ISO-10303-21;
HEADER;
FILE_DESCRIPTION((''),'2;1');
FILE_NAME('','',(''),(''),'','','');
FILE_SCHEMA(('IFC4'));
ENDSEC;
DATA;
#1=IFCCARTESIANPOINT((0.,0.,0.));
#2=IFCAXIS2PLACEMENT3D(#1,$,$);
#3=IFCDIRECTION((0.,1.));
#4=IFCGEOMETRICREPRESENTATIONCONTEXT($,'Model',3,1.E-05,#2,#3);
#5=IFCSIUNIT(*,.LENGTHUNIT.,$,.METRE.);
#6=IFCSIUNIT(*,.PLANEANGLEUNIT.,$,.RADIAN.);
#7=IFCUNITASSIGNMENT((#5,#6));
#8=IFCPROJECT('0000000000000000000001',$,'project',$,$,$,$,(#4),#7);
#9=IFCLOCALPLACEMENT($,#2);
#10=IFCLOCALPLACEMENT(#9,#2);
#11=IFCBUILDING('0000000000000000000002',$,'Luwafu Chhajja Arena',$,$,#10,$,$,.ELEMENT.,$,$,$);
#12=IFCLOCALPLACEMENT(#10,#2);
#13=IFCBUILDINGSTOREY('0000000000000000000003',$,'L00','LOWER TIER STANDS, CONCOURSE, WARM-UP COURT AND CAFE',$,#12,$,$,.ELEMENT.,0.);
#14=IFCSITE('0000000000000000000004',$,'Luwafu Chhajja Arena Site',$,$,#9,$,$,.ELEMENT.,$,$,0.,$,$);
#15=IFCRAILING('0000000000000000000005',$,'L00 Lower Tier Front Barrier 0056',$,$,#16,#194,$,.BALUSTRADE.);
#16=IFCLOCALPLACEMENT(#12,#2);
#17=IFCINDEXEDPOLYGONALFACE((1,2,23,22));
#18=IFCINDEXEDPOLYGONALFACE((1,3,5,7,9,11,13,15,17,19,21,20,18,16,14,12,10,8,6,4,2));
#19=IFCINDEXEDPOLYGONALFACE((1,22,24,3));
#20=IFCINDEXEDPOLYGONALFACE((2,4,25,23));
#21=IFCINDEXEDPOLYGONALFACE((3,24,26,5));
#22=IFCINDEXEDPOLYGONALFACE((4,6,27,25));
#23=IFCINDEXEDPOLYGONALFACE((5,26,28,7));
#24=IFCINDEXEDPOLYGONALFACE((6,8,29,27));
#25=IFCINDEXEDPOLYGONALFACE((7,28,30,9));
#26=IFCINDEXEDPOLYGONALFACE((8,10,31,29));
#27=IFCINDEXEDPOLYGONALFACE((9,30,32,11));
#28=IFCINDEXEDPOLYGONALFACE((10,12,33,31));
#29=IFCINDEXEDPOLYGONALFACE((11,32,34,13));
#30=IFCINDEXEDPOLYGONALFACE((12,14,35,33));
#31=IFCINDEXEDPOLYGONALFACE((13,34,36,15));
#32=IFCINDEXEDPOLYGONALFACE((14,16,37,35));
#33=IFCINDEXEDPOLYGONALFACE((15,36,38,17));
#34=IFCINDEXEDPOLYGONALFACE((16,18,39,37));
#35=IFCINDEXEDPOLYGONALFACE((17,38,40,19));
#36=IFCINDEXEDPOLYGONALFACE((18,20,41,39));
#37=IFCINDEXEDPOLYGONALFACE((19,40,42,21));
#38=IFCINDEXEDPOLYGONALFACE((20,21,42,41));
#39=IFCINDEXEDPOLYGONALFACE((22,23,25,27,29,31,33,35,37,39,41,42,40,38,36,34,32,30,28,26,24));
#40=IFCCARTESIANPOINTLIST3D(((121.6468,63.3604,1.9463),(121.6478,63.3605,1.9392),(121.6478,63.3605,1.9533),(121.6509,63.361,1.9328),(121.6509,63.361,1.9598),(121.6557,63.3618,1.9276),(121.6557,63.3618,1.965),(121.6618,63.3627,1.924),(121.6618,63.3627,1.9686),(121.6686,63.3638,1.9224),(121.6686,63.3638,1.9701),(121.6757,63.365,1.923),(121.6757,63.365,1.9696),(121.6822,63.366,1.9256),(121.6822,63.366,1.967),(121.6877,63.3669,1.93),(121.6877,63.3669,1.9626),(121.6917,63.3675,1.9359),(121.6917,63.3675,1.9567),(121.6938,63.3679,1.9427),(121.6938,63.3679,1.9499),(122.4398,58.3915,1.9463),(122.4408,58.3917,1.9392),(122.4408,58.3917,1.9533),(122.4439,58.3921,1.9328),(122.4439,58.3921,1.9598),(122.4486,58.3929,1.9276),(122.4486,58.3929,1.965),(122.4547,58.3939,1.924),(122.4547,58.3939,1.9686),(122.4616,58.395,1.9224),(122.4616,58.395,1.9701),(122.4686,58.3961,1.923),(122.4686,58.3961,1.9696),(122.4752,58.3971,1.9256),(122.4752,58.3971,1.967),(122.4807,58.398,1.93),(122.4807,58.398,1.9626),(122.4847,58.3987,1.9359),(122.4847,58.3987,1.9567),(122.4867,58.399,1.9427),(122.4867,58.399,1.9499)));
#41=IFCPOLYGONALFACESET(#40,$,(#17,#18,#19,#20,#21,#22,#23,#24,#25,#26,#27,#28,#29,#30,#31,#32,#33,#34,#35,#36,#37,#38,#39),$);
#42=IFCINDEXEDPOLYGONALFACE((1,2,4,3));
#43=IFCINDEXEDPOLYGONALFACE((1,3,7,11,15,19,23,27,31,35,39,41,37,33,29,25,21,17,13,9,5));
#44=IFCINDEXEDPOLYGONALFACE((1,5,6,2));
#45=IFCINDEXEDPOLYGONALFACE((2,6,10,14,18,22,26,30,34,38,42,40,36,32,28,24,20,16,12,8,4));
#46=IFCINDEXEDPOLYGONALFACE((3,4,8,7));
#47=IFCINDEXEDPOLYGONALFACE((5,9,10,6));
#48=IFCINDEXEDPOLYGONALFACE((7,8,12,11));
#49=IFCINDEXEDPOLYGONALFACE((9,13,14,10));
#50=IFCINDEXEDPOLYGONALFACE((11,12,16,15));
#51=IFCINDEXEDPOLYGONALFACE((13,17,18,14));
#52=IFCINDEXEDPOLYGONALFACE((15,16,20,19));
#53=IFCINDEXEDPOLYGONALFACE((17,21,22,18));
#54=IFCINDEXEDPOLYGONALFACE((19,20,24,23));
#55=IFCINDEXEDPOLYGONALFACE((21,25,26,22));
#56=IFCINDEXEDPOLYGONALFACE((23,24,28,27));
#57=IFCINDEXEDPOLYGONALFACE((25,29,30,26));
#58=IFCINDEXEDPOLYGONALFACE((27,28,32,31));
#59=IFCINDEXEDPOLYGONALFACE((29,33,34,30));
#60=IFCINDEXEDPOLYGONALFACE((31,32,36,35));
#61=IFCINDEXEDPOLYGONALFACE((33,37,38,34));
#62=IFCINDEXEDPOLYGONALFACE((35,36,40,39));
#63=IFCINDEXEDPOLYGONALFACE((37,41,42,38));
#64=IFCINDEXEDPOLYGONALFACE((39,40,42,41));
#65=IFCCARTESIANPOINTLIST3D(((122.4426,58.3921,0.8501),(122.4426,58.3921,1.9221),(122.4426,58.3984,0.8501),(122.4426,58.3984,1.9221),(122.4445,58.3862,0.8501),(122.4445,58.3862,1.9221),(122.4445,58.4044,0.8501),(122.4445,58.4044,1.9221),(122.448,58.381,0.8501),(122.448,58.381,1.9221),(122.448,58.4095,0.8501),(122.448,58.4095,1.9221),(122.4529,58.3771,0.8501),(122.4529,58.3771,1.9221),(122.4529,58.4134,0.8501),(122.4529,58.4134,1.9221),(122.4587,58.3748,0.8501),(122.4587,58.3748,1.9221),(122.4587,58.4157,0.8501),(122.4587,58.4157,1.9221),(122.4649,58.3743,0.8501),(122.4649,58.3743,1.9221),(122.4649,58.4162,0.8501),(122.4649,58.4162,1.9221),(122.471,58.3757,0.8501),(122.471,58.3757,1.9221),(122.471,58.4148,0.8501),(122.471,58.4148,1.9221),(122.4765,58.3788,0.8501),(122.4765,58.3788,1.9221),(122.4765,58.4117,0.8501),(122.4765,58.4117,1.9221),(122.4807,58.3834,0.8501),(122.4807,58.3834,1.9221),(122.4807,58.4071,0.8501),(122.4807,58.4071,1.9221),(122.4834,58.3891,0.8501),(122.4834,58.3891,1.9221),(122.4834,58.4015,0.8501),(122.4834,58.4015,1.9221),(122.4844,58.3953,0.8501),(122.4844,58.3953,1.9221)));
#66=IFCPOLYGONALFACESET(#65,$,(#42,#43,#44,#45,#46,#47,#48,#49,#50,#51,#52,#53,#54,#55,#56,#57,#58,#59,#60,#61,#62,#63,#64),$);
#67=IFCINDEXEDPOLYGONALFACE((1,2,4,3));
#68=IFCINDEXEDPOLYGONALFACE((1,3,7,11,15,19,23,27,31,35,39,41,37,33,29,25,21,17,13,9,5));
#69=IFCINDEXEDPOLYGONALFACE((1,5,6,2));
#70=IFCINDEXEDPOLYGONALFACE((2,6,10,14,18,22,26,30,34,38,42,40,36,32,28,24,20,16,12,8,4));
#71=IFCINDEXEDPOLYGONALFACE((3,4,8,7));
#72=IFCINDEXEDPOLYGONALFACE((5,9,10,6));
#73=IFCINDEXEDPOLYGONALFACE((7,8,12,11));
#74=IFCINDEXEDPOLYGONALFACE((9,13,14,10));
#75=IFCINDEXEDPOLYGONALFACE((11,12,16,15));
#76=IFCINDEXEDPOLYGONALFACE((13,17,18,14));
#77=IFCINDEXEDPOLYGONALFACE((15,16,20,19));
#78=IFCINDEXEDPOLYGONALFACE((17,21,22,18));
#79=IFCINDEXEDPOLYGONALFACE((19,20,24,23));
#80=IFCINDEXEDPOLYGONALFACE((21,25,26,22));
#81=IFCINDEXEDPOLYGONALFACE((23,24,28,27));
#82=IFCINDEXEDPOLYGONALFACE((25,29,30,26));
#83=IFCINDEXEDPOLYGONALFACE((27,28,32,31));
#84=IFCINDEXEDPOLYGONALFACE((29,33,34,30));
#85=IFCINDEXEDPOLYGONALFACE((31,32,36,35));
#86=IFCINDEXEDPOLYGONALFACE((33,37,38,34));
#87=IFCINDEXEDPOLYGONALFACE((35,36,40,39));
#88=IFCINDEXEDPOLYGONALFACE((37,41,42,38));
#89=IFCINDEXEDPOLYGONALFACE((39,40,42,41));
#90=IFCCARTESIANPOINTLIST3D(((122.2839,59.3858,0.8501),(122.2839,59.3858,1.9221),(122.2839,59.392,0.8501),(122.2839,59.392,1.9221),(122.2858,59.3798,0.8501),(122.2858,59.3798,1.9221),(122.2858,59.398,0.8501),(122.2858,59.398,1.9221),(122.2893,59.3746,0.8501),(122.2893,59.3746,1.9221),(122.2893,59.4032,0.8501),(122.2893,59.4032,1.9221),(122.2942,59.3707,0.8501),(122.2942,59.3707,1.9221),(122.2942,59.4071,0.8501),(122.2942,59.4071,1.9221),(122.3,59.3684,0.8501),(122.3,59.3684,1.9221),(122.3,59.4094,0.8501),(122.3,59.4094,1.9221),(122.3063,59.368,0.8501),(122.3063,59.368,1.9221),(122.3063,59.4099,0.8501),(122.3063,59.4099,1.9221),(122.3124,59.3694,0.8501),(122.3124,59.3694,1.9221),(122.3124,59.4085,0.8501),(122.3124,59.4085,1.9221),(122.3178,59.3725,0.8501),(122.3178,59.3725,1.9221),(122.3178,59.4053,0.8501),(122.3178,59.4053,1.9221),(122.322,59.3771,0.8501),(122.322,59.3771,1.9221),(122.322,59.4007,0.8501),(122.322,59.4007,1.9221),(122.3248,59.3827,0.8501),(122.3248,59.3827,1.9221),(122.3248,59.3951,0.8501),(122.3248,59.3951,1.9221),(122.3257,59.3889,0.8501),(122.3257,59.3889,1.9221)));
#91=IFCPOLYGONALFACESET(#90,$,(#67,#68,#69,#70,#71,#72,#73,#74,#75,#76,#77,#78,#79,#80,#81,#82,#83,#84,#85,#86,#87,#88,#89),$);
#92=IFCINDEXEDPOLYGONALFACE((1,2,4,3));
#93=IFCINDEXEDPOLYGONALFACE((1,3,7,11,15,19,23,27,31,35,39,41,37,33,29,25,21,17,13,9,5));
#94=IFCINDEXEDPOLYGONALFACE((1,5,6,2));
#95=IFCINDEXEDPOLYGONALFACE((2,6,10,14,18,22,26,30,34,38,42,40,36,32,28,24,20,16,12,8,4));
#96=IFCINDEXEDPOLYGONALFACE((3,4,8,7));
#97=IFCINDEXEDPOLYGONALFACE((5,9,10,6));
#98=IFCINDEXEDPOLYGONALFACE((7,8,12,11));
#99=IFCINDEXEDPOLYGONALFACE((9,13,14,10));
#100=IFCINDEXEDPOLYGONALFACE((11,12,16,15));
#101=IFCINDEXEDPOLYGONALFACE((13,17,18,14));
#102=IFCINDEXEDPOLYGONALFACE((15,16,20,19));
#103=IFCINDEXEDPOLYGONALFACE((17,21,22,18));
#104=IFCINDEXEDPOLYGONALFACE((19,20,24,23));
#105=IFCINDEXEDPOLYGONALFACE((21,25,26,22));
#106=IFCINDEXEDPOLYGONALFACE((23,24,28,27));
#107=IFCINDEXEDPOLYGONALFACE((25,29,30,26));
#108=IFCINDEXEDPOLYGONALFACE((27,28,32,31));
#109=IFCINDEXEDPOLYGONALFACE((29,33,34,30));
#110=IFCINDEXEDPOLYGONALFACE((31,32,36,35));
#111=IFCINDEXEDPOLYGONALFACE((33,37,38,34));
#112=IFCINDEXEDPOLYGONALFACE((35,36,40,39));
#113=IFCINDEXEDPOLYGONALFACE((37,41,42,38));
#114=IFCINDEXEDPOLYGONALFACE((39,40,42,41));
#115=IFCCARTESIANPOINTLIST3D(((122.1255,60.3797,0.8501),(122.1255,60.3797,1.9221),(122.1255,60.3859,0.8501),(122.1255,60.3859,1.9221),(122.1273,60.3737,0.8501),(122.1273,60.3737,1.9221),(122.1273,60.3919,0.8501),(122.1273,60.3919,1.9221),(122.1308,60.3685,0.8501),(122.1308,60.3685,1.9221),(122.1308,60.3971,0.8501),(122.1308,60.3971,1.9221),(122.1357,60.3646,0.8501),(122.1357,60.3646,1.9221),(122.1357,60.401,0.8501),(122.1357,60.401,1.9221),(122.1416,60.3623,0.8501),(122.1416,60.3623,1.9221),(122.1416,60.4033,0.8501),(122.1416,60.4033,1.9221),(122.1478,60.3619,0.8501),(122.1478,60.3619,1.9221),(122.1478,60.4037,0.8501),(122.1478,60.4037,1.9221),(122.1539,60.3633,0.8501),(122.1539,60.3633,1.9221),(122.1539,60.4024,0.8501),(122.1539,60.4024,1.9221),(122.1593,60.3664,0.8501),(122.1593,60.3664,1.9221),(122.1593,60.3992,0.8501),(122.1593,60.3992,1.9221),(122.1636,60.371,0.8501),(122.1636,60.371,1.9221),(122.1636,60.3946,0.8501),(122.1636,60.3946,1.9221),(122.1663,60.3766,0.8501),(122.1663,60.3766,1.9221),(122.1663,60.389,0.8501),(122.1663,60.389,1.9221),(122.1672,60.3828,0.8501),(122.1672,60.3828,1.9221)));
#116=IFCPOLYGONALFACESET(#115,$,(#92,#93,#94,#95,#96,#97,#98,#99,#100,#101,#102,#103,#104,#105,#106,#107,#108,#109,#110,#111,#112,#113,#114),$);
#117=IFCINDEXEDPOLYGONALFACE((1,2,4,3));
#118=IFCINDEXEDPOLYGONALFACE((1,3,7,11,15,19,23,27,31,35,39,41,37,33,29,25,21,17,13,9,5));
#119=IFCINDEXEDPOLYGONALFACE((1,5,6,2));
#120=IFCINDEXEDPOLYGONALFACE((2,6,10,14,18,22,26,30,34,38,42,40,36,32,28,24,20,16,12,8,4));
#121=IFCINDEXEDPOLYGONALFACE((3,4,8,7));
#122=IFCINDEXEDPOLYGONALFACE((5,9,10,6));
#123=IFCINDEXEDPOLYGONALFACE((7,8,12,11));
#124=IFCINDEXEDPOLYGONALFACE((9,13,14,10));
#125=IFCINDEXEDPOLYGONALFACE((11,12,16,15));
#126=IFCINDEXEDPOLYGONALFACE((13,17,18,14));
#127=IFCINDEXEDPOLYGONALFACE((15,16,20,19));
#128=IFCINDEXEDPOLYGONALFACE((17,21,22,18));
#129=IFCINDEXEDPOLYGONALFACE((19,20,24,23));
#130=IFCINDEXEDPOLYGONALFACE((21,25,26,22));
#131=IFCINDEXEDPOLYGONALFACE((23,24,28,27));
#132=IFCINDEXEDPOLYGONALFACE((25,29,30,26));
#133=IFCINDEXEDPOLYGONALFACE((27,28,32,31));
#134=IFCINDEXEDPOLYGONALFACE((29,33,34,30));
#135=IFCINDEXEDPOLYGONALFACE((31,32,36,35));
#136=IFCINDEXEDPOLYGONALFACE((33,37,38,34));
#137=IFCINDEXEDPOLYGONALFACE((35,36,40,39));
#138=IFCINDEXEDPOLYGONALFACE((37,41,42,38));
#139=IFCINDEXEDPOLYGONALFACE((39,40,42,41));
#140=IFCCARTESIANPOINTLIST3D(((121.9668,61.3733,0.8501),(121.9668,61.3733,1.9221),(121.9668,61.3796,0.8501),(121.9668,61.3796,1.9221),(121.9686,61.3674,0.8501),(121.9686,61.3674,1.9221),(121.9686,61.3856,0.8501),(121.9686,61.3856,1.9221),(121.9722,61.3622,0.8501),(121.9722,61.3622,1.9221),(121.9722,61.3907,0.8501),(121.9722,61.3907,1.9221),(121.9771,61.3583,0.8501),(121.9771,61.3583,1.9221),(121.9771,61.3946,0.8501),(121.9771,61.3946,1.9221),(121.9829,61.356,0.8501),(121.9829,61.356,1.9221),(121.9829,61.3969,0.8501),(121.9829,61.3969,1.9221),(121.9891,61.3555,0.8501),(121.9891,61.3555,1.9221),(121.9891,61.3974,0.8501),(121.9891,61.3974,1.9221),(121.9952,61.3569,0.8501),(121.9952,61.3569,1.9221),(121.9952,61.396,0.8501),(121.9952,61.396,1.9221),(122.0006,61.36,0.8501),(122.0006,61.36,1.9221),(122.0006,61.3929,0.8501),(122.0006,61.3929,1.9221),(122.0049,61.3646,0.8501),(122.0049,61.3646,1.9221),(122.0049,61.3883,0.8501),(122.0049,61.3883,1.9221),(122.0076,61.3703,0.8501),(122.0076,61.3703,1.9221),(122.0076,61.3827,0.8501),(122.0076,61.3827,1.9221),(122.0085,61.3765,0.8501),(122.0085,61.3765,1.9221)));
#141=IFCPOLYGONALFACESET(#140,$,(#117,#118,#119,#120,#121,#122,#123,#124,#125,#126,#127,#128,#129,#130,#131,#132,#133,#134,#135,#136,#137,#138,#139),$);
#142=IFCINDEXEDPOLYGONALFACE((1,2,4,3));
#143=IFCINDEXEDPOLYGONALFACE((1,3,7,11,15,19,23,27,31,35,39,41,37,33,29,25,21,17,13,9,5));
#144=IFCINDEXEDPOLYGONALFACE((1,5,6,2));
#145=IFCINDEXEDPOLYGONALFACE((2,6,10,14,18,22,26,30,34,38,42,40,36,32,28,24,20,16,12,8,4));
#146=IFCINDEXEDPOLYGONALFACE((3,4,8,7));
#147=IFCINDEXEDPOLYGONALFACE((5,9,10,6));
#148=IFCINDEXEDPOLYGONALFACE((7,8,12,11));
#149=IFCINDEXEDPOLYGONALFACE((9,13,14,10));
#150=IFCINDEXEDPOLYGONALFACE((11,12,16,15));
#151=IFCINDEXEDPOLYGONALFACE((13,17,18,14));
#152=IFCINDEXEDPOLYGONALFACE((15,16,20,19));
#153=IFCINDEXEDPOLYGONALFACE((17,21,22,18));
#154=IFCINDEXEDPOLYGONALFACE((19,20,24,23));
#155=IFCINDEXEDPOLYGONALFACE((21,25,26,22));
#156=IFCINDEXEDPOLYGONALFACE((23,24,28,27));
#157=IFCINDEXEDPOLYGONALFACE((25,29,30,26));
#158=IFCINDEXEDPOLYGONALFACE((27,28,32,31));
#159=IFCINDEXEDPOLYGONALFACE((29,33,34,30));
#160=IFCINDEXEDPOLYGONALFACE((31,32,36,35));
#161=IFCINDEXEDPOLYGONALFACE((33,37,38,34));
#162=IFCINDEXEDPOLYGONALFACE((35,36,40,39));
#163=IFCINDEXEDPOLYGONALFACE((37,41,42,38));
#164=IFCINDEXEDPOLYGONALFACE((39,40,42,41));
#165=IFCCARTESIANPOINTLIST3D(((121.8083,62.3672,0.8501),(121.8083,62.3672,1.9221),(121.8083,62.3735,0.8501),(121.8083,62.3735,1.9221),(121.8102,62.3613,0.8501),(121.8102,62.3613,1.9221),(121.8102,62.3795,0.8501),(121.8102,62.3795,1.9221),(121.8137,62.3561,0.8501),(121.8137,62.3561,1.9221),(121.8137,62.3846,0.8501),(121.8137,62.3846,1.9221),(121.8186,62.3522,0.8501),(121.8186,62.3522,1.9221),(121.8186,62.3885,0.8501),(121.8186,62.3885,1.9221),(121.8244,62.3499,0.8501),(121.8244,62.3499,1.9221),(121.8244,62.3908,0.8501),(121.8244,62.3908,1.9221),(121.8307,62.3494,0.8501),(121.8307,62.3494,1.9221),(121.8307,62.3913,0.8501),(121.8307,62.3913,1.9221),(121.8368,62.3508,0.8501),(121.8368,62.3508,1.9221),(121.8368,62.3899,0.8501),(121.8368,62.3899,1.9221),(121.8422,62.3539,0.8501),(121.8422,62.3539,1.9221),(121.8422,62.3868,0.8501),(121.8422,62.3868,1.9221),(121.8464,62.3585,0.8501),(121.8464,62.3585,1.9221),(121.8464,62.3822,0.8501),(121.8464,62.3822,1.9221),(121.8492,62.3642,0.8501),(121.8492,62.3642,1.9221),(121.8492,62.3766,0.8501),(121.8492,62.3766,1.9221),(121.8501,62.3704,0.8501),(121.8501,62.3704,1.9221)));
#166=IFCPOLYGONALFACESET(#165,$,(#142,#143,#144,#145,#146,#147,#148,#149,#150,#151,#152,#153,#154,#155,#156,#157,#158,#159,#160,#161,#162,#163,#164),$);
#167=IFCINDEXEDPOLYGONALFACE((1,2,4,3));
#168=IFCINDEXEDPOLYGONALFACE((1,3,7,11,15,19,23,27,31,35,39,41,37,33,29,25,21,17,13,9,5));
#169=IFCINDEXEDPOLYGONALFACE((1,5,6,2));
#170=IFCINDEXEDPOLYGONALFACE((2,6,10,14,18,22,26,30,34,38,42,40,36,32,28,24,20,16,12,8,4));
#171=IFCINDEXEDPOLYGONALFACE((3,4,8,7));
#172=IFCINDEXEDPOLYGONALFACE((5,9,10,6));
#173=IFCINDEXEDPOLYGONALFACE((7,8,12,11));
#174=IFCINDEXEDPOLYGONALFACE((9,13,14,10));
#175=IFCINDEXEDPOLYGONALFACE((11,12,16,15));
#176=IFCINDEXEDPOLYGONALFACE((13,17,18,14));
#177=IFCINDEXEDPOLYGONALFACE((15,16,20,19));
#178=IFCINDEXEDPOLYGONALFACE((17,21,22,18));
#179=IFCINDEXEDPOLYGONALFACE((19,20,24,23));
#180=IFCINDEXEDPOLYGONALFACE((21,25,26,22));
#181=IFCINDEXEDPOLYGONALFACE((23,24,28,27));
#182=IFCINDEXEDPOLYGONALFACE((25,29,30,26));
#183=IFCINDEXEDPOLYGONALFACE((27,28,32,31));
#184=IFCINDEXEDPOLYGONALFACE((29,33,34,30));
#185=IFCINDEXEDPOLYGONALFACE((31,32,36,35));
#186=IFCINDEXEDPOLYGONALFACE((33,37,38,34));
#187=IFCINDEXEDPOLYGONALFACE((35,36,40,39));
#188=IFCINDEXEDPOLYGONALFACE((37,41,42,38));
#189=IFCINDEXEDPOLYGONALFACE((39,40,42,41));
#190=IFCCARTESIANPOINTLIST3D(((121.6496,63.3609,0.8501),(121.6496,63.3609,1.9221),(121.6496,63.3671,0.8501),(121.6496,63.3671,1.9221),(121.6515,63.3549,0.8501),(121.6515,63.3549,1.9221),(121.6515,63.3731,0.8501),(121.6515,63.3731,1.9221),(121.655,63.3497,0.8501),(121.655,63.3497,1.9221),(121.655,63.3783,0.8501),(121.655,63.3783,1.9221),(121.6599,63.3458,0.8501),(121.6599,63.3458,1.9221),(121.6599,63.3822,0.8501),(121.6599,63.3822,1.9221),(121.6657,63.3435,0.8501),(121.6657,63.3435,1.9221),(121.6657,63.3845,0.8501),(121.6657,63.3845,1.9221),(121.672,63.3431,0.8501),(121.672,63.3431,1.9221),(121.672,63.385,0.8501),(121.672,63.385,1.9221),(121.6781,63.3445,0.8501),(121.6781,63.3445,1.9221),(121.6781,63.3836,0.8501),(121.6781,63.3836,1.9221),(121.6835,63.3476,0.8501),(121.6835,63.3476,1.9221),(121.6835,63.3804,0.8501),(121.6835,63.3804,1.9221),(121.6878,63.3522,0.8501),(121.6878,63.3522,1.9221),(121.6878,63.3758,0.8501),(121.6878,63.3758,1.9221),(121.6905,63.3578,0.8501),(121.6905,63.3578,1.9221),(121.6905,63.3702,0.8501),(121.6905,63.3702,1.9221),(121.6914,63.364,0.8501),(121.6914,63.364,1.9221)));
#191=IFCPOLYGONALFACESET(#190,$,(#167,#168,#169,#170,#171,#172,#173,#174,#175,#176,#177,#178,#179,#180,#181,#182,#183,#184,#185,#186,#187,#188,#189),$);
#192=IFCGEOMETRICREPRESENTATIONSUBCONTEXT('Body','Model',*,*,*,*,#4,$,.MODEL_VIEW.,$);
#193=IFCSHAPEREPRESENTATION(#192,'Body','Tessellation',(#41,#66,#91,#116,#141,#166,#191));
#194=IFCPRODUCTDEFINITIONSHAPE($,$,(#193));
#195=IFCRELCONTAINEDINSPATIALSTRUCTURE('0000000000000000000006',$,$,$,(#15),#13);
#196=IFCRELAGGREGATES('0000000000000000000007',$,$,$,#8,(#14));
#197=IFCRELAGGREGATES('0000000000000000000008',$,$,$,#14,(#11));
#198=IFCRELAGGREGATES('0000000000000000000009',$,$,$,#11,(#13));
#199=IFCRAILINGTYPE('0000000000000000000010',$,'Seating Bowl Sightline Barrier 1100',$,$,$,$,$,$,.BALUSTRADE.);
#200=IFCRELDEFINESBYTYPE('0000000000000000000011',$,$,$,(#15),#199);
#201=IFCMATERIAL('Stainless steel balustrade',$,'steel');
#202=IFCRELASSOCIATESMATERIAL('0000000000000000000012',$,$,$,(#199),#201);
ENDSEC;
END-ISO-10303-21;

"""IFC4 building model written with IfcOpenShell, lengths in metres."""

from ifc_helpers import new_model, si_unit, direction, frame, origin, origin_2d, place, context, subcontext, project, spatial, circle, extrude, material, type_object, element, save


model = new_model("IFC4")

# Units and contexts
model_context = context("Model", 3, precision=1e-05, world=origin(), true_north=direction((0.0, 1.0)))
body_context = subcontext(model_context, "Body", "Model", "MODEL_VIEW")
ifc_project = project(units=[si_unit("LENGTHUNIT", "METRE"), si_unit("PLANEANGLEUNIT", "RADIAN")], contexts=[model_context])

# Site, building, storey
site_placement = place(None, origin())
site = spatial("IfcSite", under=ifc_project, at=site_placement, Name="Luwafu Chhajja Arena Site", CompositionType="ELEMENT", RefElevation=0.0)
building_placement = place(site_placement, origin())
building = spatial("IfcBuilding", under=site, at=building_placement, Name="Luwafu Chhajja Arena", CompositionType="ELEMENT")
storey_placement = place(building_placement, origin())
storey = spatial("IfcBuildingStorey", under=building, at=storey_placement, Name="L00", Description="LOWER TIER STANDS, CONCOURSE, WARM-UP COURT AND CAFE", CompositionType="ELEMENT", Elevation=0.0)

# Railing
ifc_material_1 = material(Name="Stainless steel balustrade", Category="steel")
railing_type = type_object("IfcRailingType", Name="Seating Bowl Sightline Barrier 1100", PredefinedType="BALUSTRADE", material=ifc_material_1)
railing_1_placement = place(storey_placement, frame((122.4634, 58.3953, 0.8501)))
element("IfcRailing", 1, at=railing_1_placement, inside=storey, type_object=railing_type, Name="L00 Lower Tier Front Barrier 0056", PredefinedType="BALUSTRADE", context=body_context, shape_type="SweptSolid", body=[
    extrude(circle(Radius=0.0239, at=origin_2d()), frame((0.0, 0.0, 1.0962), z_axis=(-0.157597, 0.987504, 0.0), x_axis=(-0.987504, -0.157597, 0.0)), (0.0, 0.0, 1.0), 5.0317),
    extrude(circle(Radius=0.021, at=origin_2d()), origin(), (0.0, 0.0, 1.0), 1.072),
    extrude(circle(Radius=0.021, at=origin_2d()), frame((-0.1587, 0.9937, 0.0)), (0.0, 0.0, 1.0), 1.072),
    extrude(circle(Radius=0.021, at=origin_2d()), frame((-0.3171, 1.9875, 0.0)), (0.0, 0.0, 1.0), 1.072),
    extrude(circle(Radius=0.021, at=origin_2d()), frame((-0.4758, 2.9812, 0.0)), (0.0, 0.0, 1.0), 1.072),
    extrude(circle(Radius=0.021, at=origin_2d()), frame((-0.6343, 3.9751, 0.0)), (0.0, 0.0, 1.0), 1.072),
    extrude(circle(Radius=0.021, at=origin_2d()), frame((-0.793, 4.9688, 0.0)), (0.0, 0.0, 1.0), 1.072),
])

save(model, "model.ifc")
